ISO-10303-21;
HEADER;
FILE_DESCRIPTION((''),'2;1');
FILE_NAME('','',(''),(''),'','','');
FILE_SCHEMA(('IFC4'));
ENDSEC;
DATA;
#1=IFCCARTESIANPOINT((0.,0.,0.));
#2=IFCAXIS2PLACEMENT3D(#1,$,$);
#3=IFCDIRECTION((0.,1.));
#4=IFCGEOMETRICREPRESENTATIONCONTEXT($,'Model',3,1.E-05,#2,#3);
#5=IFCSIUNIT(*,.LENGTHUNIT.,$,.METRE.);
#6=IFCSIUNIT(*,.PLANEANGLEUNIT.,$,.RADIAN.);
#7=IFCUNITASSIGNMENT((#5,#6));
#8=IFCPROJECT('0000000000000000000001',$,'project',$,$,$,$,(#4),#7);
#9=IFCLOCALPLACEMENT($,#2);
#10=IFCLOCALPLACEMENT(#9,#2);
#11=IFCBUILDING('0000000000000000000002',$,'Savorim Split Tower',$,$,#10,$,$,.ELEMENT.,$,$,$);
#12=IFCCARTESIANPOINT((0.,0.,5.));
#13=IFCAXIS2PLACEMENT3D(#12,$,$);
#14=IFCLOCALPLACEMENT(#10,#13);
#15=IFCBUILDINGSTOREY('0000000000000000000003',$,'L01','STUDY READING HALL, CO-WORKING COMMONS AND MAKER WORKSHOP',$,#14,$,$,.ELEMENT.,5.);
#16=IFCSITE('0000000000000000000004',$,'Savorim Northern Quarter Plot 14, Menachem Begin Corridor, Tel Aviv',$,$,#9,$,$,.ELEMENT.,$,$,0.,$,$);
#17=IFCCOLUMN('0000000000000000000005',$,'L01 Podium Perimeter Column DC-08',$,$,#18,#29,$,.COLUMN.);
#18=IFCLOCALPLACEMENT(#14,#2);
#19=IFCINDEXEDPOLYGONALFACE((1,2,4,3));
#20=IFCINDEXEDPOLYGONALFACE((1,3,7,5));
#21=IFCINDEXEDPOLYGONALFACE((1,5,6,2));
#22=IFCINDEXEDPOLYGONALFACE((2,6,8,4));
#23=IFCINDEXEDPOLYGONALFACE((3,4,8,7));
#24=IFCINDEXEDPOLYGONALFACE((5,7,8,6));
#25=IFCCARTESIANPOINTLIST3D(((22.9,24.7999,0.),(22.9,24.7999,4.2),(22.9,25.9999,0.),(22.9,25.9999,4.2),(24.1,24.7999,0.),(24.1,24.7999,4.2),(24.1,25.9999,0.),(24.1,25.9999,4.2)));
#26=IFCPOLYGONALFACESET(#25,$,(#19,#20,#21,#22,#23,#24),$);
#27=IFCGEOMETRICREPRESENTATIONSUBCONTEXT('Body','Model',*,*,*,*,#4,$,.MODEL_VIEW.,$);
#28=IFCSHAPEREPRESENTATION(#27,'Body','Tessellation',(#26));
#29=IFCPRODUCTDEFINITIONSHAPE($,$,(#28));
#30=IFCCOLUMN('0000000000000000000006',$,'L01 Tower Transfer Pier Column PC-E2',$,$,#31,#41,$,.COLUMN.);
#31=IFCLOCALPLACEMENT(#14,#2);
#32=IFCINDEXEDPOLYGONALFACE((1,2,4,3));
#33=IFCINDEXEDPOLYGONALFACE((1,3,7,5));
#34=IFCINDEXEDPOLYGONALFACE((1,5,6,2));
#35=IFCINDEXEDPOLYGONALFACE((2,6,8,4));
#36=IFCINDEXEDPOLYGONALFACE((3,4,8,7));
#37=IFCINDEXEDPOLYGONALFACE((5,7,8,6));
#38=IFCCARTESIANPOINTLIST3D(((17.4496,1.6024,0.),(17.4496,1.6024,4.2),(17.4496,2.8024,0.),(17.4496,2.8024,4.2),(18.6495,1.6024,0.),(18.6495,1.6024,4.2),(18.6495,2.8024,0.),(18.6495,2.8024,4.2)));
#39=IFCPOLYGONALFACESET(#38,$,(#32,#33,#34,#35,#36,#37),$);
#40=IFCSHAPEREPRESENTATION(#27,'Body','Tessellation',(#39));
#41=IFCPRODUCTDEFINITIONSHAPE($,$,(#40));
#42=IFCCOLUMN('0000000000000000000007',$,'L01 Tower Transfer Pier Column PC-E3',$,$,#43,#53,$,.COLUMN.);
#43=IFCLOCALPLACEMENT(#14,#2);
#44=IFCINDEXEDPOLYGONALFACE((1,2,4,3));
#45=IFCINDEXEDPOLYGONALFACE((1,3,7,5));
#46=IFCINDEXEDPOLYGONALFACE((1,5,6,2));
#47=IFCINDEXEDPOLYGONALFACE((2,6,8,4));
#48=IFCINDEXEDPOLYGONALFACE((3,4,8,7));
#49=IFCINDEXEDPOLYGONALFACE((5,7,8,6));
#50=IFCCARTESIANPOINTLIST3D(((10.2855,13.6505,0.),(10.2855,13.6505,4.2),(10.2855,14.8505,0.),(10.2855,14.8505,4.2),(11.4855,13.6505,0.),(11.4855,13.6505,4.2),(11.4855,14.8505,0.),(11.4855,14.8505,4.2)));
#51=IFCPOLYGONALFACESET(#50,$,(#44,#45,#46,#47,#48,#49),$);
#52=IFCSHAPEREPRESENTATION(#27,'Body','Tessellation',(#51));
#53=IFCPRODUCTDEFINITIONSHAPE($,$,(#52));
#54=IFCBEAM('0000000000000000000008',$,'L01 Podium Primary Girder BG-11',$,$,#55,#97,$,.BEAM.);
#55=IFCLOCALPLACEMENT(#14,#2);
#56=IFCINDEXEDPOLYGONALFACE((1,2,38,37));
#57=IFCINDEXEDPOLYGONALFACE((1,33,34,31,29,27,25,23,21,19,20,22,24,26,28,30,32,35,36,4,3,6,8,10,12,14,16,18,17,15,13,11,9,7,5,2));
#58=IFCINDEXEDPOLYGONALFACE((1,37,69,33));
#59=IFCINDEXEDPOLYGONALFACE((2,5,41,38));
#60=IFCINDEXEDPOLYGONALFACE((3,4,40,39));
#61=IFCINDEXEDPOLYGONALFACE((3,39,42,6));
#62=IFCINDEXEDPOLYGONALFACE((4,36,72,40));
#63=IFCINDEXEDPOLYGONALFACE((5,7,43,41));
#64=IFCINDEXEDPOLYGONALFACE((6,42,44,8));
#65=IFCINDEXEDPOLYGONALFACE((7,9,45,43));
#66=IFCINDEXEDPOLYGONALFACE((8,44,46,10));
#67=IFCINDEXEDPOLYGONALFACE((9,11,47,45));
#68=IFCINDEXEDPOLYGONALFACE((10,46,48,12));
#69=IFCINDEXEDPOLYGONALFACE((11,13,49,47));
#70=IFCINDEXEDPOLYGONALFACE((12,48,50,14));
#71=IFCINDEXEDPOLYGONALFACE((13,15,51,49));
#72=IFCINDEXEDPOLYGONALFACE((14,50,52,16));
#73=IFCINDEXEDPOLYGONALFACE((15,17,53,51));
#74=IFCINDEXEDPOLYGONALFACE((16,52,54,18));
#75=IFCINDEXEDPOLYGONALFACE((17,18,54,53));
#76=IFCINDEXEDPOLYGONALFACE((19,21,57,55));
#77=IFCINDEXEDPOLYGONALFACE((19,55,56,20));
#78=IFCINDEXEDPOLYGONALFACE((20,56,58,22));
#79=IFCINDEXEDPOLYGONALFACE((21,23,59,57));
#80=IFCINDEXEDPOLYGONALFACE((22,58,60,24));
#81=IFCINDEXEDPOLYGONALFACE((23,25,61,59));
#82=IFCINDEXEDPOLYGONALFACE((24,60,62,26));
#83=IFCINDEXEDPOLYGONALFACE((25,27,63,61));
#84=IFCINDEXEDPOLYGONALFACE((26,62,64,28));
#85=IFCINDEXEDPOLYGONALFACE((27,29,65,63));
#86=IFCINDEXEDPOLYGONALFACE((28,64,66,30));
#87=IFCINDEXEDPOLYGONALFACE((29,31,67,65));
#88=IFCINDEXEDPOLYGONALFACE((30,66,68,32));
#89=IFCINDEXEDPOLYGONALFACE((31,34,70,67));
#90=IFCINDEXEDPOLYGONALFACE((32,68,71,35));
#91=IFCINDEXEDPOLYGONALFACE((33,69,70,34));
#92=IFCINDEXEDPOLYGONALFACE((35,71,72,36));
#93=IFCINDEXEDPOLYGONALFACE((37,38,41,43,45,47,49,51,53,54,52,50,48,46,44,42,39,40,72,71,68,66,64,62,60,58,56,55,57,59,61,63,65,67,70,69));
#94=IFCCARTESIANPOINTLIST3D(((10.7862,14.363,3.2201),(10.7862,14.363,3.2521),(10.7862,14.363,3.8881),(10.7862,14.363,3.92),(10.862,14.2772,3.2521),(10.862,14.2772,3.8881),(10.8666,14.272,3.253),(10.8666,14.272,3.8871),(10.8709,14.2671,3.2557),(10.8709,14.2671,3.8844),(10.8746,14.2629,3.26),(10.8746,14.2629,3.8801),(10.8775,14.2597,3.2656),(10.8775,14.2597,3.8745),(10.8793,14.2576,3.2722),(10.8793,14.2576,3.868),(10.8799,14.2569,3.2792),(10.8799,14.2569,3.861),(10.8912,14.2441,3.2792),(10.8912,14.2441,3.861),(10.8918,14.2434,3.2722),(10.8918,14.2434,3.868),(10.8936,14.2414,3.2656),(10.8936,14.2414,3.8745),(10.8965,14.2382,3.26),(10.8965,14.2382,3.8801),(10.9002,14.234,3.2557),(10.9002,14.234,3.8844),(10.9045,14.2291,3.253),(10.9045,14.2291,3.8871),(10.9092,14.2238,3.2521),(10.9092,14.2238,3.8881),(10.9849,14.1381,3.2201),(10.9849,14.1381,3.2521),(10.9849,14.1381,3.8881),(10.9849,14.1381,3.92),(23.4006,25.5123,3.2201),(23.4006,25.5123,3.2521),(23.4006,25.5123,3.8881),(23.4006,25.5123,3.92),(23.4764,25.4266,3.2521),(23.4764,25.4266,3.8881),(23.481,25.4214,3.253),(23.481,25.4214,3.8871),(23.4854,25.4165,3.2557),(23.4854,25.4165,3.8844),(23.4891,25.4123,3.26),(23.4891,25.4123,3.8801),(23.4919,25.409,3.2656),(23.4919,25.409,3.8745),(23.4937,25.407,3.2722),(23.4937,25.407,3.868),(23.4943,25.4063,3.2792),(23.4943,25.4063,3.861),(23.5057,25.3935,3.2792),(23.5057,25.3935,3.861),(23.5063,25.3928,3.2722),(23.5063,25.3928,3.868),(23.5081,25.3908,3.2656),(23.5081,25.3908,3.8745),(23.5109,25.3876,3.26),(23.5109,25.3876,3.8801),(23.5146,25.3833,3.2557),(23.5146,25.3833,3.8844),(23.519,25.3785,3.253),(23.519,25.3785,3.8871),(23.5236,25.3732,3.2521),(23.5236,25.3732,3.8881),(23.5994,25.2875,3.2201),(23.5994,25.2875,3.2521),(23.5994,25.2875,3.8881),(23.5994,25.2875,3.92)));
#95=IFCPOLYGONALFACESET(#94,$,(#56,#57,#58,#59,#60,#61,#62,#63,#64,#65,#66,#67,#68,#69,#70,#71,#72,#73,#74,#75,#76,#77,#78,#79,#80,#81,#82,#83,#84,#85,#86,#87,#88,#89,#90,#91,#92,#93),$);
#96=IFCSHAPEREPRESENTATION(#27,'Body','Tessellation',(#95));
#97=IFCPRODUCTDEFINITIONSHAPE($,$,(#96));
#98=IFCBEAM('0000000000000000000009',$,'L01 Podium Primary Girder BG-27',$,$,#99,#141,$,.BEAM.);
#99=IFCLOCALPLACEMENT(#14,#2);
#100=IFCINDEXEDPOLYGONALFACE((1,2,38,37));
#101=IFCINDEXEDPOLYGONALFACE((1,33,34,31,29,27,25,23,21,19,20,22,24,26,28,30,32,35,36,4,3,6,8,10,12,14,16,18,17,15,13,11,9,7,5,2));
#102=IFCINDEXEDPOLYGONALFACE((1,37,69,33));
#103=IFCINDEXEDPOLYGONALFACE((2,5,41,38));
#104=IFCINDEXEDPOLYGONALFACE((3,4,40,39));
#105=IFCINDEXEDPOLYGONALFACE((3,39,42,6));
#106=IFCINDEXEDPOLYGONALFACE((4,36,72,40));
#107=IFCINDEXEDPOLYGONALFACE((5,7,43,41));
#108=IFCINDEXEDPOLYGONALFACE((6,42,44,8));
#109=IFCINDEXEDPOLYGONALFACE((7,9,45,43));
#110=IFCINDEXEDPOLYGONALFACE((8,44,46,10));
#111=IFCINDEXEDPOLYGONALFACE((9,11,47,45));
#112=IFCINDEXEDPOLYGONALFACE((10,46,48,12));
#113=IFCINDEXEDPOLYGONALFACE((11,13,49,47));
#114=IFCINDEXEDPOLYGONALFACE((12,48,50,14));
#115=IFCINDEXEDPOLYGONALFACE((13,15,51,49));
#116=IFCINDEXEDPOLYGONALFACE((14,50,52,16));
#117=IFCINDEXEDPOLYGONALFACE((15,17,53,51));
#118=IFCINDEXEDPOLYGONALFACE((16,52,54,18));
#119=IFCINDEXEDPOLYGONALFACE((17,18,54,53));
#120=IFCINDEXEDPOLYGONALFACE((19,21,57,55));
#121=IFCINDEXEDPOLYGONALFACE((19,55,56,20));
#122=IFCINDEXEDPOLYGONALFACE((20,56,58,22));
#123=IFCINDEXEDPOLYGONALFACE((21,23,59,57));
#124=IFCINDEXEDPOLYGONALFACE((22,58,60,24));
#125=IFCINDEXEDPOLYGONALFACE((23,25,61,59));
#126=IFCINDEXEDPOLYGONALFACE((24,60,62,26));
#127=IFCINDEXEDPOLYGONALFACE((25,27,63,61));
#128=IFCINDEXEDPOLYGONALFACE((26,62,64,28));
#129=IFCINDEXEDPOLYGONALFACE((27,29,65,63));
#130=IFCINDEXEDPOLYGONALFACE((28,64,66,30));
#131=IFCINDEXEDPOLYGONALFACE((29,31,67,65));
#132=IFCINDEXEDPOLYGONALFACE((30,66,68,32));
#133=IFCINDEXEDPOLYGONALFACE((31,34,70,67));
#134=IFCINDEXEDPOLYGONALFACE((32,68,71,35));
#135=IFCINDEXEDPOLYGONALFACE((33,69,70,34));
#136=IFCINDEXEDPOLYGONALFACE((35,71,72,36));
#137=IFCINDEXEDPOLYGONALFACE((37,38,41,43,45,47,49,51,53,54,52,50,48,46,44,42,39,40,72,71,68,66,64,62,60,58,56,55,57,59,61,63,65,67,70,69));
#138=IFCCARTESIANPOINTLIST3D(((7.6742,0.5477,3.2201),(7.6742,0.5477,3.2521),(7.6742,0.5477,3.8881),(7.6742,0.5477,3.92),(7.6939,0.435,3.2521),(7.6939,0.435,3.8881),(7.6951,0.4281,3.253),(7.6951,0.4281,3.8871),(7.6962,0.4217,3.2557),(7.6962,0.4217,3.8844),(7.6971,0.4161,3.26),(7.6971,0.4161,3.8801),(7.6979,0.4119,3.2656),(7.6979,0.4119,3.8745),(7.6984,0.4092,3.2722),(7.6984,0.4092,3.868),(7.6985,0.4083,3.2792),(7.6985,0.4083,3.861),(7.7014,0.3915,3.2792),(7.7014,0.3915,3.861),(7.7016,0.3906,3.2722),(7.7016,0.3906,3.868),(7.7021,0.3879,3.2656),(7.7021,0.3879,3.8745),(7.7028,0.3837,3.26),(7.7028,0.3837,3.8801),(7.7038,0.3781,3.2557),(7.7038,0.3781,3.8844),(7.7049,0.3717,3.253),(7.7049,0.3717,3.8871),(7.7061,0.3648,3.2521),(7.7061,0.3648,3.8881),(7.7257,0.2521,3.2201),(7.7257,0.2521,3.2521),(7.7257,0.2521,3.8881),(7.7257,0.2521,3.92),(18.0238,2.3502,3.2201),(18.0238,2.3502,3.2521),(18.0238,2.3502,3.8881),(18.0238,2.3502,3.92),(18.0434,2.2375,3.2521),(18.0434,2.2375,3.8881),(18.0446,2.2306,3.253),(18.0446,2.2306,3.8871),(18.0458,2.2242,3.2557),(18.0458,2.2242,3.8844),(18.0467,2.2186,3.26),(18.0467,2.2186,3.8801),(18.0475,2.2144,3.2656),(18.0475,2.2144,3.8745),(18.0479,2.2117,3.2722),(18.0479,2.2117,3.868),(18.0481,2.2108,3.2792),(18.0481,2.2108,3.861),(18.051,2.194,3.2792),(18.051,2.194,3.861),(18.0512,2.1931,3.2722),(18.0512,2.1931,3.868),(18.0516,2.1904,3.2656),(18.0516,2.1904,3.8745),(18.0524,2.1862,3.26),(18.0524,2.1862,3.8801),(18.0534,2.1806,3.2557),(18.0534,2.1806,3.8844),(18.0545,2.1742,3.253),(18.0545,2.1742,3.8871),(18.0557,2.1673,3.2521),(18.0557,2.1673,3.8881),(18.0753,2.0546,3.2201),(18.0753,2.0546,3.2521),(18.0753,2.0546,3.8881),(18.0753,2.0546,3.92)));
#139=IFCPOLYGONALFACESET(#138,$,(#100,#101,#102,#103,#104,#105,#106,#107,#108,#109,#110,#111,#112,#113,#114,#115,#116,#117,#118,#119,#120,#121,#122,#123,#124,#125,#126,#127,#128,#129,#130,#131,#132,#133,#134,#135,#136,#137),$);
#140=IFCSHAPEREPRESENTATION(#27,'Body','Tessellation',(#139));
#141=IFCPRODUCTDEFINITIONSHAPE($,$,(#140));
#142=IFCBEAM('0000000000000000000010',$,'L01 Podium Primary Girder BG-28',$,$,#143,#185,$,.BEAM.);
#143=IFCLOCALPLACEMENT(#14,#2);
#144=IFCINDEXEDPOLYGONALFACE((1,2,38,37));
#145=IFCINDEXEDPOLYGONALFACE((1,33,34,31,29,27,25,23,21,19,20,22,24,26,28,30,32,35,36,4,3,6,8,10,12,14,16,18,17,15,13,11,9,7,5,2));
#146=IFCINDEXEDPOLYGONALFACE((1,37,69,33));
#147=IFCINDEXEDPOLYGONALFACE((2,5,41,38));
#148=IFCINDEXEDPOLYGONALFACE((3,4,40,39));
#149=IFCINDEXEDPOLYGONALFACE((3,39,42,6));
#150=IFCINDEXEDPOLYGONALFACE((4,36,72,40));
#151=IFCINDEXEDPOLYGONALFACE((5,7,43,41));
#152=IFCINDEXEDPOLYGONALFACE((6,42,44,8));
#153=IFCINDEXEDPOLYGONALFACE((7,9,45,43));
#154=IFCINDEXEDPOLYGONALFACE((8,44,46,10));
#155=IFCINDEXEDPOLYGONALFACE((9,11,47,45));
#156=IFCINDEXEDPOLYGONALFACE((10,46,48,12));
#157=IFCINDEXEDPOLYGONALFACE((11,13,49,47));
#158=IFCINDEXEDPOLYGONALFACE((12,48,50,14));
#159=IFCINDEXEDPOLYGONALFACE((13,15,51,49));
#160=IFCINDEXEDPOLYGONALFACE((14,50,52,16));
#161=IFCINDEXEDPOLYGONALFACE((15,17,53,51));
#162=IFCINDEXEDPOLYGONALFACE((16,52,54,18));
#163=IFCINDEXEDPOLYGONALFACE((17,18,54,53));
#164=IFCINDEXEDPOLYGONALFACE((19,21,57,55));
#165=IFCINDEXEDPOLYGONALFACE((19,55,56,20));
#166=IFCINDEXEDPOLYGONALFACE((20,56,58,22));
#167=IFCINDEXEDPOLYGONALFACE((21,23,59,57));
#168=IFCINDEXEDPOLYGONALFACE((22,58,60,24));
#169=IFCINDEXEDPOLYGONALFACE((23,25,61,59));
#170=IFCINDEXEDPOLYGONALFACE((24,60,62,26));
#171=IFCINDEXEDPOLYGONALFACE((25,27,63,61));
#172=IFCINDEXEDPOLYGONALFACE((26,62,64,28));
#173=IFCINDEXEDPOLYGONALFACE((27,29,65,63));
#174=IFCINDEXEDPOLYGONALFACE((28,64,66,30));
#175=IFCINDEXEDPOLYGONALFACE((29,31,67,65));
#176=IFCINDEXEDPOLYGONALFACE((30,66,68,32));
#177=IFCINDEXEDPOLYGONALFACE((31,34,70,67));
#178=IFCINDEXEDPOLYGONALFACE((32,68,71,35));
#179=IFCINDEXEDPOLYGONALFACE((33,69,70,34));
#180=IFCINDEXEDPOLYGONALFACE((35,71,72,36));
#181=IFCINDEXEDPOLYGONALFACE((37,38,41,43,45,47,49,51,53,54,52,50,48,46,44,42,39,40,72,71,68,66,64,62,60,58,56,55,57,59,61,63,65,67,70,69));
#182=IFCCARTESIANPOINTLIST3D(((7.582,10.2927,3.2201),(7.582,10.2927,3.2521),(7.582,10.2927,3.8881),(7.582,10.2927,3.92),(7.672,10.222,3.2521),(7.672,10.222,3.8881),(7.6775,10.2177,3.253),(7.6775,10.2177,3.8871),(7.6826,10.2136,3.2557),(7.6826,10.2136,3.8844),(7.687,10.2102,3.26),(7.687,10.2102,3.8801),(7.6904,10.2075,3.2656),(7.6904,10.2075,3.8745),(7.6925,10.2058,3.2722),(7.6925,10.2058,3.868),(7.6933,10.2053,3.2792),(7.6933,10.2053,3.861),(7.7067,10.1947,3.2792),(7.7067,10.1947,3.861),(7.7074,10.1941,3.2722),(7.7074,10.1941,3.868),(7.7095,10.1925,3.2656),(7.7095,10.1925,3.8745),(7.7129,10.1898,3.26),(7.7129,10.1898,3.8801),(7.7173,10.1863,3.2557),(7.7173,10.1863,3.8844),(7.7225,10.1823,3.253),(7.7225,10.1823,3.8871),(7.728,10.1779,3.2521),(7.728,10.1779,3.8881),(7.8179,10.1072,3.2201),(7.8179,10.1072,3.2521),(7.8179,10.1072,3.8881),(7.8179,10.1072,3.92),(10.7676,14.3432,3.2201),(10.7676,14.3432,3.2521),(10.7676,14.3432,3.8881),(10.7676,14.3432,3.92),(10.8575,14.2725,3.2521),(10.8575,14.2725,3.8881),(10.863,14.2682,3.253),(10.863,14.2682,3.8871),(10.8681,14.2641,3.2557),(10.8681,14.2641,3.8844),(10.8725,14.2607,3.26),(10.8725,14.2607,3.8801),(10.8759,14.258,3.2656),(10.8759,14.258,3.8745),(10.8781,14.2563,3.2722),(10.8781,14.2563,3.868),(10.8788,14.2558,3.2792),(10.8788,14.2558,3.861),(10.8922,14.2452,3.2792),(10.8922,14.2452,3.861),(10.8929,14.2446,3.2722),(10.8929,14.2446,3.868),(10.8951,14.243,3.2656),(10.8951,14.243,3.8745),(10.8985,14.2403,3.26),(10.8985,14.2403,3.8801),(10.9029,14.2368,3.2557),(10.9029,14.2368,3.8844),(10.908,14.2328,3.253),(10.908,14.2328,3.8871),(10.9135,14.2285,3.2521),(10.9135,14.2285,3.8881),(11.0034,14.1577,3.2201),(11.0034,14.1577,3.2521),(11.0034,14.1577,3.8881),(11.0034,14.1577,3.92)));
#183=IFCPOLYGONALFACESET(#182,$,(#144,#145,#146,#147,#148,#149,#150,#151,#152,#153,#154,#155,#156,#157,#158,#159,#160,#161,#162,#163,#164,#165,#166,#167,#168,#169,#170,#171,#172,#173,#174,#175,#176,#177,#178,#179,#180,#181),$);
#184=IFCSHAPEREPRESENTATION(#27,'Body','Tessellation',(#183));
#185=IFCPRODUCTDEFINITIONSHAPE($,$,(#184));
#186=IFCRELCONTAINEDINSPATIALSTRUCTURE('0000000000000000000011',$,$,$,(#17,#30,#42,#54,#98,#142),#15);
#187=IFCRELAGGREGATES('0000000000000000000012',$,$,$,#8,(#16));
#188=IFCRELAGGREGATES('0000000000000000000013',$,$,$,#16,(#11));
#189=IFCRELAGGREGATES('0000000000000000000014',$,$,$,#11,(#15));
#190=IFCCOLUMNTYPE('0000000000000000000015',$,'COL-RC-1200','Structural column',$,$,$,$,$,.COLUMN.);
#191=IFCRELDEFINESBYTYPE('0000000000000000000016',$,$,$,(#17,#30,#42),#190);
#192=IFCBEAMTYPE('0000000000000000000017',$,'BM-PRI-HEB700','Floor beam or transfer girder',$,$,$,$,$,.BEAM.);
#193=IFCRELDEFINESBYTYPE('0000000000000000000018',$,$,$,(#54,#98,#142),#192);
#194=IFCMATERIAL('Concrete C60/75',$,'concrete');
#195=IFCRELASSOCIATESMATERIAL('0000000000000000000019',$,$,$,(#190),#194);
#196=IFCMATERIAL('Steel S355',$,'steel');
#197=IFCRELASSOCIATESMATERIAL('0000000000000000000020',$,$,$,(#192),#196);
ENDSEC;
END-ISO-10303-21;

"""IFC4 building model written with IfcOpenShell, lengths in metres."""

from ifc_helpers import new_model, si_unit, direction, frame, origin, origin_2d, place, context, subcontext, project, spatial, rectangle, i_section, extrude, material, material_profile, profile_set, type_object, element, save


model = new_model("IFC4")

# Units and contexts
model_context = context("Model", 3, precision=1e-05, world=origin(), true_north=direction((0.0, 1.0)))
body_context = subcontext(model_context, "Body", "Model", "MODEL_VIEW")
ifc_project = project(units=[si_unit("LENGTHUNIT", "METRE"), si_unit("PLANEANGLEUNIT", "RADIAN")], contexts=[model_context])

# Site, building, storey
site_placement = place(None, origin())
site = spatial("IfcSite", under=ifc_project, at=site_placement, Name="Savorim Northern Quarter Plot 14, Menachem Begin Corridor, Tel Aviv", CompositionType="ELEMENT", RefElevation=0.0)
building_placement = place(site_placement, origin())
building = spatial("IfcBuilding", under=site, at=building_placement, Name="Savorim Split Tower", CompositionType="ELEMENT")
storey_placement = place(building_placement, frame((0.0, 0.0, 5.0)))
storey = spatial("IfcBuildingStorey", under=building, at=storey_placement, Name="L01", Description="STUDY READING HALL, CO-WORKING COMMONS AND MAKER WORKSHOP", CompositionType="ELEMENT", Elevation=5.0)

# Columns
ifc_material_1 = material(Name="Concrete C60/75", Category="concrete")
ifc_material_profile_1 = material_profile(ifc_material_1, rectangle(XDim=1.2, YDim=1.2, at=origin_2d()), Name="RC 1200x1200")
ifc_profile_set_1 = profile_set([ifc_material_profile_1], Name="Concrete C60/75")
column_type = type_object("IfcColumnType", Name="COL-RC-1200", Description="Structural column", PredefinedType="COLUMN", material=ifc_profile_set_1)
for number, where, z_axis, x_axis, name in (
    (1, (23.5, 25.3999, 0.0), (0.0, 0.0, 1.0), (1.0, 0.0, 0.0), "L01 Podium Perimeter Column DC-08"),
    (2, (18.0496, 2.2024, 0.0), (0.0, 0.0, 1.0), (1.0, 0.0, 0.0), "L01 Tower Transfer Pier Column PC-E2"),
    (3, (10.8855, 14.2505, 0.0), (0.0, 0.0, 1.0), (1.0, 0.0, 0.0), "L01 Tower Transfer Pier Column PC-E3"),
):
    element("IfcColumn", number, at=place(storey_placement, frame(where, z_axis=z_axis, x_axis=x_axis)), inside=storey, type_object=column_type, Name=name, PredefinedType="COLUMN", context=body_context, shape_type="SweptSolid", body=[
        extrude(rectangle(XDim=1.2, YDim=1.2, at=origin_2d()), origin(), (0.0, 0.0, 1.0), 4.2),
    ])

# Beams
ifc_material_2 = material(Name="Steel S355", Category="steel")
ifc_material_profile_2 = material_profile(ifc_material_2, i_section(OverallWidth=0.3, OverallDepth=0.7, WebThickness=0.0171, FlangeThickness=0.032, FilletRadius=0.0271, at=origin_2d()), Name="HEB 700")
ifc_profile_set_2 = profile_set([ifc_material_profile_2], Name="Steel S355")
beam_type_1 = type_object("IfcBeamType", Name="BM-PRI-HEB700", Description="Floor beam or transfer girder", PredefinedType="BEAM", material=ifc_profile_set_2)
beam_1_placement = place(storey_placement, frame((23.5, 25.3999, 3.5701), z_axis=(-0.749279, -0.662255, 0.0), x_axis=(0.662255, -0.749279, 0.0)))
element("IfcBeam", 4, at=beam_1_placement, inside=storey, type_object=beam_type_1, Name="L01 Podium Primary Girder BG-11", PredefinedType="BEAM", context=body_context, shape_type="SweptSolid", body=[
    extrude(i_section(OverallWidth=0.3, OverallDepth=0.7, WebThickness=0.0171, FlangeThickness=0.032, FilletRadius=0.0271, at=origin_2d()), origin(), (0.0, 0.0, 1.0), 16.8354),
])
beam_2_placement = place(storey_placement, frame((18.0496, 2.2024, 3.5701), z_axis=(-0.985171, -0.171578, 0.0), x_axis=(0.171578, -0.985171, 0.0)))
element("IfcBeam", 5, at=beam_2_placement, inside=storey, type_object=beam_type_1, Name="L01 Podium Primary Girder BG-27", PredefinedType="BEAM", context=body_context, shape_type="SweptSolid", body=[
    extrude(i_section(OverallWidth=0.3, OverallDepth=0.7, WebThickness=0.0171, FlangeThickness=0.032, FilletRadius=0.0271, at=origin_2d()), origin(), (0.0, 0.0, 1.0), 10.5054),
])
beam_3_placement = place(storey_placement, frame((10.8855, 14.2505, 3.5701), z_axis=(-0.618179, -0.786037, 0.0), x_axis=(0.786037, -0.618179, 0.0)))
element("IfcBeam", 6, at=beam_3_placement, inside=storey, type_object=beam_type_1, Name="L01 Podium Primary Girder BG-28", PredefinedType="BEAM", context=body_context, shape_type="SweptSolid", body=[
    extrude(i_section(OverallWidth=0.3, OverallDepth=0.7, WebThickness=0.0171, FlangeThickness=0.032, FilletRadius=0.0271, at=origin_2d()), origin(), (0.0, 0.0, 1.0), 5.1531),
])

save(model, "model.ifc")
